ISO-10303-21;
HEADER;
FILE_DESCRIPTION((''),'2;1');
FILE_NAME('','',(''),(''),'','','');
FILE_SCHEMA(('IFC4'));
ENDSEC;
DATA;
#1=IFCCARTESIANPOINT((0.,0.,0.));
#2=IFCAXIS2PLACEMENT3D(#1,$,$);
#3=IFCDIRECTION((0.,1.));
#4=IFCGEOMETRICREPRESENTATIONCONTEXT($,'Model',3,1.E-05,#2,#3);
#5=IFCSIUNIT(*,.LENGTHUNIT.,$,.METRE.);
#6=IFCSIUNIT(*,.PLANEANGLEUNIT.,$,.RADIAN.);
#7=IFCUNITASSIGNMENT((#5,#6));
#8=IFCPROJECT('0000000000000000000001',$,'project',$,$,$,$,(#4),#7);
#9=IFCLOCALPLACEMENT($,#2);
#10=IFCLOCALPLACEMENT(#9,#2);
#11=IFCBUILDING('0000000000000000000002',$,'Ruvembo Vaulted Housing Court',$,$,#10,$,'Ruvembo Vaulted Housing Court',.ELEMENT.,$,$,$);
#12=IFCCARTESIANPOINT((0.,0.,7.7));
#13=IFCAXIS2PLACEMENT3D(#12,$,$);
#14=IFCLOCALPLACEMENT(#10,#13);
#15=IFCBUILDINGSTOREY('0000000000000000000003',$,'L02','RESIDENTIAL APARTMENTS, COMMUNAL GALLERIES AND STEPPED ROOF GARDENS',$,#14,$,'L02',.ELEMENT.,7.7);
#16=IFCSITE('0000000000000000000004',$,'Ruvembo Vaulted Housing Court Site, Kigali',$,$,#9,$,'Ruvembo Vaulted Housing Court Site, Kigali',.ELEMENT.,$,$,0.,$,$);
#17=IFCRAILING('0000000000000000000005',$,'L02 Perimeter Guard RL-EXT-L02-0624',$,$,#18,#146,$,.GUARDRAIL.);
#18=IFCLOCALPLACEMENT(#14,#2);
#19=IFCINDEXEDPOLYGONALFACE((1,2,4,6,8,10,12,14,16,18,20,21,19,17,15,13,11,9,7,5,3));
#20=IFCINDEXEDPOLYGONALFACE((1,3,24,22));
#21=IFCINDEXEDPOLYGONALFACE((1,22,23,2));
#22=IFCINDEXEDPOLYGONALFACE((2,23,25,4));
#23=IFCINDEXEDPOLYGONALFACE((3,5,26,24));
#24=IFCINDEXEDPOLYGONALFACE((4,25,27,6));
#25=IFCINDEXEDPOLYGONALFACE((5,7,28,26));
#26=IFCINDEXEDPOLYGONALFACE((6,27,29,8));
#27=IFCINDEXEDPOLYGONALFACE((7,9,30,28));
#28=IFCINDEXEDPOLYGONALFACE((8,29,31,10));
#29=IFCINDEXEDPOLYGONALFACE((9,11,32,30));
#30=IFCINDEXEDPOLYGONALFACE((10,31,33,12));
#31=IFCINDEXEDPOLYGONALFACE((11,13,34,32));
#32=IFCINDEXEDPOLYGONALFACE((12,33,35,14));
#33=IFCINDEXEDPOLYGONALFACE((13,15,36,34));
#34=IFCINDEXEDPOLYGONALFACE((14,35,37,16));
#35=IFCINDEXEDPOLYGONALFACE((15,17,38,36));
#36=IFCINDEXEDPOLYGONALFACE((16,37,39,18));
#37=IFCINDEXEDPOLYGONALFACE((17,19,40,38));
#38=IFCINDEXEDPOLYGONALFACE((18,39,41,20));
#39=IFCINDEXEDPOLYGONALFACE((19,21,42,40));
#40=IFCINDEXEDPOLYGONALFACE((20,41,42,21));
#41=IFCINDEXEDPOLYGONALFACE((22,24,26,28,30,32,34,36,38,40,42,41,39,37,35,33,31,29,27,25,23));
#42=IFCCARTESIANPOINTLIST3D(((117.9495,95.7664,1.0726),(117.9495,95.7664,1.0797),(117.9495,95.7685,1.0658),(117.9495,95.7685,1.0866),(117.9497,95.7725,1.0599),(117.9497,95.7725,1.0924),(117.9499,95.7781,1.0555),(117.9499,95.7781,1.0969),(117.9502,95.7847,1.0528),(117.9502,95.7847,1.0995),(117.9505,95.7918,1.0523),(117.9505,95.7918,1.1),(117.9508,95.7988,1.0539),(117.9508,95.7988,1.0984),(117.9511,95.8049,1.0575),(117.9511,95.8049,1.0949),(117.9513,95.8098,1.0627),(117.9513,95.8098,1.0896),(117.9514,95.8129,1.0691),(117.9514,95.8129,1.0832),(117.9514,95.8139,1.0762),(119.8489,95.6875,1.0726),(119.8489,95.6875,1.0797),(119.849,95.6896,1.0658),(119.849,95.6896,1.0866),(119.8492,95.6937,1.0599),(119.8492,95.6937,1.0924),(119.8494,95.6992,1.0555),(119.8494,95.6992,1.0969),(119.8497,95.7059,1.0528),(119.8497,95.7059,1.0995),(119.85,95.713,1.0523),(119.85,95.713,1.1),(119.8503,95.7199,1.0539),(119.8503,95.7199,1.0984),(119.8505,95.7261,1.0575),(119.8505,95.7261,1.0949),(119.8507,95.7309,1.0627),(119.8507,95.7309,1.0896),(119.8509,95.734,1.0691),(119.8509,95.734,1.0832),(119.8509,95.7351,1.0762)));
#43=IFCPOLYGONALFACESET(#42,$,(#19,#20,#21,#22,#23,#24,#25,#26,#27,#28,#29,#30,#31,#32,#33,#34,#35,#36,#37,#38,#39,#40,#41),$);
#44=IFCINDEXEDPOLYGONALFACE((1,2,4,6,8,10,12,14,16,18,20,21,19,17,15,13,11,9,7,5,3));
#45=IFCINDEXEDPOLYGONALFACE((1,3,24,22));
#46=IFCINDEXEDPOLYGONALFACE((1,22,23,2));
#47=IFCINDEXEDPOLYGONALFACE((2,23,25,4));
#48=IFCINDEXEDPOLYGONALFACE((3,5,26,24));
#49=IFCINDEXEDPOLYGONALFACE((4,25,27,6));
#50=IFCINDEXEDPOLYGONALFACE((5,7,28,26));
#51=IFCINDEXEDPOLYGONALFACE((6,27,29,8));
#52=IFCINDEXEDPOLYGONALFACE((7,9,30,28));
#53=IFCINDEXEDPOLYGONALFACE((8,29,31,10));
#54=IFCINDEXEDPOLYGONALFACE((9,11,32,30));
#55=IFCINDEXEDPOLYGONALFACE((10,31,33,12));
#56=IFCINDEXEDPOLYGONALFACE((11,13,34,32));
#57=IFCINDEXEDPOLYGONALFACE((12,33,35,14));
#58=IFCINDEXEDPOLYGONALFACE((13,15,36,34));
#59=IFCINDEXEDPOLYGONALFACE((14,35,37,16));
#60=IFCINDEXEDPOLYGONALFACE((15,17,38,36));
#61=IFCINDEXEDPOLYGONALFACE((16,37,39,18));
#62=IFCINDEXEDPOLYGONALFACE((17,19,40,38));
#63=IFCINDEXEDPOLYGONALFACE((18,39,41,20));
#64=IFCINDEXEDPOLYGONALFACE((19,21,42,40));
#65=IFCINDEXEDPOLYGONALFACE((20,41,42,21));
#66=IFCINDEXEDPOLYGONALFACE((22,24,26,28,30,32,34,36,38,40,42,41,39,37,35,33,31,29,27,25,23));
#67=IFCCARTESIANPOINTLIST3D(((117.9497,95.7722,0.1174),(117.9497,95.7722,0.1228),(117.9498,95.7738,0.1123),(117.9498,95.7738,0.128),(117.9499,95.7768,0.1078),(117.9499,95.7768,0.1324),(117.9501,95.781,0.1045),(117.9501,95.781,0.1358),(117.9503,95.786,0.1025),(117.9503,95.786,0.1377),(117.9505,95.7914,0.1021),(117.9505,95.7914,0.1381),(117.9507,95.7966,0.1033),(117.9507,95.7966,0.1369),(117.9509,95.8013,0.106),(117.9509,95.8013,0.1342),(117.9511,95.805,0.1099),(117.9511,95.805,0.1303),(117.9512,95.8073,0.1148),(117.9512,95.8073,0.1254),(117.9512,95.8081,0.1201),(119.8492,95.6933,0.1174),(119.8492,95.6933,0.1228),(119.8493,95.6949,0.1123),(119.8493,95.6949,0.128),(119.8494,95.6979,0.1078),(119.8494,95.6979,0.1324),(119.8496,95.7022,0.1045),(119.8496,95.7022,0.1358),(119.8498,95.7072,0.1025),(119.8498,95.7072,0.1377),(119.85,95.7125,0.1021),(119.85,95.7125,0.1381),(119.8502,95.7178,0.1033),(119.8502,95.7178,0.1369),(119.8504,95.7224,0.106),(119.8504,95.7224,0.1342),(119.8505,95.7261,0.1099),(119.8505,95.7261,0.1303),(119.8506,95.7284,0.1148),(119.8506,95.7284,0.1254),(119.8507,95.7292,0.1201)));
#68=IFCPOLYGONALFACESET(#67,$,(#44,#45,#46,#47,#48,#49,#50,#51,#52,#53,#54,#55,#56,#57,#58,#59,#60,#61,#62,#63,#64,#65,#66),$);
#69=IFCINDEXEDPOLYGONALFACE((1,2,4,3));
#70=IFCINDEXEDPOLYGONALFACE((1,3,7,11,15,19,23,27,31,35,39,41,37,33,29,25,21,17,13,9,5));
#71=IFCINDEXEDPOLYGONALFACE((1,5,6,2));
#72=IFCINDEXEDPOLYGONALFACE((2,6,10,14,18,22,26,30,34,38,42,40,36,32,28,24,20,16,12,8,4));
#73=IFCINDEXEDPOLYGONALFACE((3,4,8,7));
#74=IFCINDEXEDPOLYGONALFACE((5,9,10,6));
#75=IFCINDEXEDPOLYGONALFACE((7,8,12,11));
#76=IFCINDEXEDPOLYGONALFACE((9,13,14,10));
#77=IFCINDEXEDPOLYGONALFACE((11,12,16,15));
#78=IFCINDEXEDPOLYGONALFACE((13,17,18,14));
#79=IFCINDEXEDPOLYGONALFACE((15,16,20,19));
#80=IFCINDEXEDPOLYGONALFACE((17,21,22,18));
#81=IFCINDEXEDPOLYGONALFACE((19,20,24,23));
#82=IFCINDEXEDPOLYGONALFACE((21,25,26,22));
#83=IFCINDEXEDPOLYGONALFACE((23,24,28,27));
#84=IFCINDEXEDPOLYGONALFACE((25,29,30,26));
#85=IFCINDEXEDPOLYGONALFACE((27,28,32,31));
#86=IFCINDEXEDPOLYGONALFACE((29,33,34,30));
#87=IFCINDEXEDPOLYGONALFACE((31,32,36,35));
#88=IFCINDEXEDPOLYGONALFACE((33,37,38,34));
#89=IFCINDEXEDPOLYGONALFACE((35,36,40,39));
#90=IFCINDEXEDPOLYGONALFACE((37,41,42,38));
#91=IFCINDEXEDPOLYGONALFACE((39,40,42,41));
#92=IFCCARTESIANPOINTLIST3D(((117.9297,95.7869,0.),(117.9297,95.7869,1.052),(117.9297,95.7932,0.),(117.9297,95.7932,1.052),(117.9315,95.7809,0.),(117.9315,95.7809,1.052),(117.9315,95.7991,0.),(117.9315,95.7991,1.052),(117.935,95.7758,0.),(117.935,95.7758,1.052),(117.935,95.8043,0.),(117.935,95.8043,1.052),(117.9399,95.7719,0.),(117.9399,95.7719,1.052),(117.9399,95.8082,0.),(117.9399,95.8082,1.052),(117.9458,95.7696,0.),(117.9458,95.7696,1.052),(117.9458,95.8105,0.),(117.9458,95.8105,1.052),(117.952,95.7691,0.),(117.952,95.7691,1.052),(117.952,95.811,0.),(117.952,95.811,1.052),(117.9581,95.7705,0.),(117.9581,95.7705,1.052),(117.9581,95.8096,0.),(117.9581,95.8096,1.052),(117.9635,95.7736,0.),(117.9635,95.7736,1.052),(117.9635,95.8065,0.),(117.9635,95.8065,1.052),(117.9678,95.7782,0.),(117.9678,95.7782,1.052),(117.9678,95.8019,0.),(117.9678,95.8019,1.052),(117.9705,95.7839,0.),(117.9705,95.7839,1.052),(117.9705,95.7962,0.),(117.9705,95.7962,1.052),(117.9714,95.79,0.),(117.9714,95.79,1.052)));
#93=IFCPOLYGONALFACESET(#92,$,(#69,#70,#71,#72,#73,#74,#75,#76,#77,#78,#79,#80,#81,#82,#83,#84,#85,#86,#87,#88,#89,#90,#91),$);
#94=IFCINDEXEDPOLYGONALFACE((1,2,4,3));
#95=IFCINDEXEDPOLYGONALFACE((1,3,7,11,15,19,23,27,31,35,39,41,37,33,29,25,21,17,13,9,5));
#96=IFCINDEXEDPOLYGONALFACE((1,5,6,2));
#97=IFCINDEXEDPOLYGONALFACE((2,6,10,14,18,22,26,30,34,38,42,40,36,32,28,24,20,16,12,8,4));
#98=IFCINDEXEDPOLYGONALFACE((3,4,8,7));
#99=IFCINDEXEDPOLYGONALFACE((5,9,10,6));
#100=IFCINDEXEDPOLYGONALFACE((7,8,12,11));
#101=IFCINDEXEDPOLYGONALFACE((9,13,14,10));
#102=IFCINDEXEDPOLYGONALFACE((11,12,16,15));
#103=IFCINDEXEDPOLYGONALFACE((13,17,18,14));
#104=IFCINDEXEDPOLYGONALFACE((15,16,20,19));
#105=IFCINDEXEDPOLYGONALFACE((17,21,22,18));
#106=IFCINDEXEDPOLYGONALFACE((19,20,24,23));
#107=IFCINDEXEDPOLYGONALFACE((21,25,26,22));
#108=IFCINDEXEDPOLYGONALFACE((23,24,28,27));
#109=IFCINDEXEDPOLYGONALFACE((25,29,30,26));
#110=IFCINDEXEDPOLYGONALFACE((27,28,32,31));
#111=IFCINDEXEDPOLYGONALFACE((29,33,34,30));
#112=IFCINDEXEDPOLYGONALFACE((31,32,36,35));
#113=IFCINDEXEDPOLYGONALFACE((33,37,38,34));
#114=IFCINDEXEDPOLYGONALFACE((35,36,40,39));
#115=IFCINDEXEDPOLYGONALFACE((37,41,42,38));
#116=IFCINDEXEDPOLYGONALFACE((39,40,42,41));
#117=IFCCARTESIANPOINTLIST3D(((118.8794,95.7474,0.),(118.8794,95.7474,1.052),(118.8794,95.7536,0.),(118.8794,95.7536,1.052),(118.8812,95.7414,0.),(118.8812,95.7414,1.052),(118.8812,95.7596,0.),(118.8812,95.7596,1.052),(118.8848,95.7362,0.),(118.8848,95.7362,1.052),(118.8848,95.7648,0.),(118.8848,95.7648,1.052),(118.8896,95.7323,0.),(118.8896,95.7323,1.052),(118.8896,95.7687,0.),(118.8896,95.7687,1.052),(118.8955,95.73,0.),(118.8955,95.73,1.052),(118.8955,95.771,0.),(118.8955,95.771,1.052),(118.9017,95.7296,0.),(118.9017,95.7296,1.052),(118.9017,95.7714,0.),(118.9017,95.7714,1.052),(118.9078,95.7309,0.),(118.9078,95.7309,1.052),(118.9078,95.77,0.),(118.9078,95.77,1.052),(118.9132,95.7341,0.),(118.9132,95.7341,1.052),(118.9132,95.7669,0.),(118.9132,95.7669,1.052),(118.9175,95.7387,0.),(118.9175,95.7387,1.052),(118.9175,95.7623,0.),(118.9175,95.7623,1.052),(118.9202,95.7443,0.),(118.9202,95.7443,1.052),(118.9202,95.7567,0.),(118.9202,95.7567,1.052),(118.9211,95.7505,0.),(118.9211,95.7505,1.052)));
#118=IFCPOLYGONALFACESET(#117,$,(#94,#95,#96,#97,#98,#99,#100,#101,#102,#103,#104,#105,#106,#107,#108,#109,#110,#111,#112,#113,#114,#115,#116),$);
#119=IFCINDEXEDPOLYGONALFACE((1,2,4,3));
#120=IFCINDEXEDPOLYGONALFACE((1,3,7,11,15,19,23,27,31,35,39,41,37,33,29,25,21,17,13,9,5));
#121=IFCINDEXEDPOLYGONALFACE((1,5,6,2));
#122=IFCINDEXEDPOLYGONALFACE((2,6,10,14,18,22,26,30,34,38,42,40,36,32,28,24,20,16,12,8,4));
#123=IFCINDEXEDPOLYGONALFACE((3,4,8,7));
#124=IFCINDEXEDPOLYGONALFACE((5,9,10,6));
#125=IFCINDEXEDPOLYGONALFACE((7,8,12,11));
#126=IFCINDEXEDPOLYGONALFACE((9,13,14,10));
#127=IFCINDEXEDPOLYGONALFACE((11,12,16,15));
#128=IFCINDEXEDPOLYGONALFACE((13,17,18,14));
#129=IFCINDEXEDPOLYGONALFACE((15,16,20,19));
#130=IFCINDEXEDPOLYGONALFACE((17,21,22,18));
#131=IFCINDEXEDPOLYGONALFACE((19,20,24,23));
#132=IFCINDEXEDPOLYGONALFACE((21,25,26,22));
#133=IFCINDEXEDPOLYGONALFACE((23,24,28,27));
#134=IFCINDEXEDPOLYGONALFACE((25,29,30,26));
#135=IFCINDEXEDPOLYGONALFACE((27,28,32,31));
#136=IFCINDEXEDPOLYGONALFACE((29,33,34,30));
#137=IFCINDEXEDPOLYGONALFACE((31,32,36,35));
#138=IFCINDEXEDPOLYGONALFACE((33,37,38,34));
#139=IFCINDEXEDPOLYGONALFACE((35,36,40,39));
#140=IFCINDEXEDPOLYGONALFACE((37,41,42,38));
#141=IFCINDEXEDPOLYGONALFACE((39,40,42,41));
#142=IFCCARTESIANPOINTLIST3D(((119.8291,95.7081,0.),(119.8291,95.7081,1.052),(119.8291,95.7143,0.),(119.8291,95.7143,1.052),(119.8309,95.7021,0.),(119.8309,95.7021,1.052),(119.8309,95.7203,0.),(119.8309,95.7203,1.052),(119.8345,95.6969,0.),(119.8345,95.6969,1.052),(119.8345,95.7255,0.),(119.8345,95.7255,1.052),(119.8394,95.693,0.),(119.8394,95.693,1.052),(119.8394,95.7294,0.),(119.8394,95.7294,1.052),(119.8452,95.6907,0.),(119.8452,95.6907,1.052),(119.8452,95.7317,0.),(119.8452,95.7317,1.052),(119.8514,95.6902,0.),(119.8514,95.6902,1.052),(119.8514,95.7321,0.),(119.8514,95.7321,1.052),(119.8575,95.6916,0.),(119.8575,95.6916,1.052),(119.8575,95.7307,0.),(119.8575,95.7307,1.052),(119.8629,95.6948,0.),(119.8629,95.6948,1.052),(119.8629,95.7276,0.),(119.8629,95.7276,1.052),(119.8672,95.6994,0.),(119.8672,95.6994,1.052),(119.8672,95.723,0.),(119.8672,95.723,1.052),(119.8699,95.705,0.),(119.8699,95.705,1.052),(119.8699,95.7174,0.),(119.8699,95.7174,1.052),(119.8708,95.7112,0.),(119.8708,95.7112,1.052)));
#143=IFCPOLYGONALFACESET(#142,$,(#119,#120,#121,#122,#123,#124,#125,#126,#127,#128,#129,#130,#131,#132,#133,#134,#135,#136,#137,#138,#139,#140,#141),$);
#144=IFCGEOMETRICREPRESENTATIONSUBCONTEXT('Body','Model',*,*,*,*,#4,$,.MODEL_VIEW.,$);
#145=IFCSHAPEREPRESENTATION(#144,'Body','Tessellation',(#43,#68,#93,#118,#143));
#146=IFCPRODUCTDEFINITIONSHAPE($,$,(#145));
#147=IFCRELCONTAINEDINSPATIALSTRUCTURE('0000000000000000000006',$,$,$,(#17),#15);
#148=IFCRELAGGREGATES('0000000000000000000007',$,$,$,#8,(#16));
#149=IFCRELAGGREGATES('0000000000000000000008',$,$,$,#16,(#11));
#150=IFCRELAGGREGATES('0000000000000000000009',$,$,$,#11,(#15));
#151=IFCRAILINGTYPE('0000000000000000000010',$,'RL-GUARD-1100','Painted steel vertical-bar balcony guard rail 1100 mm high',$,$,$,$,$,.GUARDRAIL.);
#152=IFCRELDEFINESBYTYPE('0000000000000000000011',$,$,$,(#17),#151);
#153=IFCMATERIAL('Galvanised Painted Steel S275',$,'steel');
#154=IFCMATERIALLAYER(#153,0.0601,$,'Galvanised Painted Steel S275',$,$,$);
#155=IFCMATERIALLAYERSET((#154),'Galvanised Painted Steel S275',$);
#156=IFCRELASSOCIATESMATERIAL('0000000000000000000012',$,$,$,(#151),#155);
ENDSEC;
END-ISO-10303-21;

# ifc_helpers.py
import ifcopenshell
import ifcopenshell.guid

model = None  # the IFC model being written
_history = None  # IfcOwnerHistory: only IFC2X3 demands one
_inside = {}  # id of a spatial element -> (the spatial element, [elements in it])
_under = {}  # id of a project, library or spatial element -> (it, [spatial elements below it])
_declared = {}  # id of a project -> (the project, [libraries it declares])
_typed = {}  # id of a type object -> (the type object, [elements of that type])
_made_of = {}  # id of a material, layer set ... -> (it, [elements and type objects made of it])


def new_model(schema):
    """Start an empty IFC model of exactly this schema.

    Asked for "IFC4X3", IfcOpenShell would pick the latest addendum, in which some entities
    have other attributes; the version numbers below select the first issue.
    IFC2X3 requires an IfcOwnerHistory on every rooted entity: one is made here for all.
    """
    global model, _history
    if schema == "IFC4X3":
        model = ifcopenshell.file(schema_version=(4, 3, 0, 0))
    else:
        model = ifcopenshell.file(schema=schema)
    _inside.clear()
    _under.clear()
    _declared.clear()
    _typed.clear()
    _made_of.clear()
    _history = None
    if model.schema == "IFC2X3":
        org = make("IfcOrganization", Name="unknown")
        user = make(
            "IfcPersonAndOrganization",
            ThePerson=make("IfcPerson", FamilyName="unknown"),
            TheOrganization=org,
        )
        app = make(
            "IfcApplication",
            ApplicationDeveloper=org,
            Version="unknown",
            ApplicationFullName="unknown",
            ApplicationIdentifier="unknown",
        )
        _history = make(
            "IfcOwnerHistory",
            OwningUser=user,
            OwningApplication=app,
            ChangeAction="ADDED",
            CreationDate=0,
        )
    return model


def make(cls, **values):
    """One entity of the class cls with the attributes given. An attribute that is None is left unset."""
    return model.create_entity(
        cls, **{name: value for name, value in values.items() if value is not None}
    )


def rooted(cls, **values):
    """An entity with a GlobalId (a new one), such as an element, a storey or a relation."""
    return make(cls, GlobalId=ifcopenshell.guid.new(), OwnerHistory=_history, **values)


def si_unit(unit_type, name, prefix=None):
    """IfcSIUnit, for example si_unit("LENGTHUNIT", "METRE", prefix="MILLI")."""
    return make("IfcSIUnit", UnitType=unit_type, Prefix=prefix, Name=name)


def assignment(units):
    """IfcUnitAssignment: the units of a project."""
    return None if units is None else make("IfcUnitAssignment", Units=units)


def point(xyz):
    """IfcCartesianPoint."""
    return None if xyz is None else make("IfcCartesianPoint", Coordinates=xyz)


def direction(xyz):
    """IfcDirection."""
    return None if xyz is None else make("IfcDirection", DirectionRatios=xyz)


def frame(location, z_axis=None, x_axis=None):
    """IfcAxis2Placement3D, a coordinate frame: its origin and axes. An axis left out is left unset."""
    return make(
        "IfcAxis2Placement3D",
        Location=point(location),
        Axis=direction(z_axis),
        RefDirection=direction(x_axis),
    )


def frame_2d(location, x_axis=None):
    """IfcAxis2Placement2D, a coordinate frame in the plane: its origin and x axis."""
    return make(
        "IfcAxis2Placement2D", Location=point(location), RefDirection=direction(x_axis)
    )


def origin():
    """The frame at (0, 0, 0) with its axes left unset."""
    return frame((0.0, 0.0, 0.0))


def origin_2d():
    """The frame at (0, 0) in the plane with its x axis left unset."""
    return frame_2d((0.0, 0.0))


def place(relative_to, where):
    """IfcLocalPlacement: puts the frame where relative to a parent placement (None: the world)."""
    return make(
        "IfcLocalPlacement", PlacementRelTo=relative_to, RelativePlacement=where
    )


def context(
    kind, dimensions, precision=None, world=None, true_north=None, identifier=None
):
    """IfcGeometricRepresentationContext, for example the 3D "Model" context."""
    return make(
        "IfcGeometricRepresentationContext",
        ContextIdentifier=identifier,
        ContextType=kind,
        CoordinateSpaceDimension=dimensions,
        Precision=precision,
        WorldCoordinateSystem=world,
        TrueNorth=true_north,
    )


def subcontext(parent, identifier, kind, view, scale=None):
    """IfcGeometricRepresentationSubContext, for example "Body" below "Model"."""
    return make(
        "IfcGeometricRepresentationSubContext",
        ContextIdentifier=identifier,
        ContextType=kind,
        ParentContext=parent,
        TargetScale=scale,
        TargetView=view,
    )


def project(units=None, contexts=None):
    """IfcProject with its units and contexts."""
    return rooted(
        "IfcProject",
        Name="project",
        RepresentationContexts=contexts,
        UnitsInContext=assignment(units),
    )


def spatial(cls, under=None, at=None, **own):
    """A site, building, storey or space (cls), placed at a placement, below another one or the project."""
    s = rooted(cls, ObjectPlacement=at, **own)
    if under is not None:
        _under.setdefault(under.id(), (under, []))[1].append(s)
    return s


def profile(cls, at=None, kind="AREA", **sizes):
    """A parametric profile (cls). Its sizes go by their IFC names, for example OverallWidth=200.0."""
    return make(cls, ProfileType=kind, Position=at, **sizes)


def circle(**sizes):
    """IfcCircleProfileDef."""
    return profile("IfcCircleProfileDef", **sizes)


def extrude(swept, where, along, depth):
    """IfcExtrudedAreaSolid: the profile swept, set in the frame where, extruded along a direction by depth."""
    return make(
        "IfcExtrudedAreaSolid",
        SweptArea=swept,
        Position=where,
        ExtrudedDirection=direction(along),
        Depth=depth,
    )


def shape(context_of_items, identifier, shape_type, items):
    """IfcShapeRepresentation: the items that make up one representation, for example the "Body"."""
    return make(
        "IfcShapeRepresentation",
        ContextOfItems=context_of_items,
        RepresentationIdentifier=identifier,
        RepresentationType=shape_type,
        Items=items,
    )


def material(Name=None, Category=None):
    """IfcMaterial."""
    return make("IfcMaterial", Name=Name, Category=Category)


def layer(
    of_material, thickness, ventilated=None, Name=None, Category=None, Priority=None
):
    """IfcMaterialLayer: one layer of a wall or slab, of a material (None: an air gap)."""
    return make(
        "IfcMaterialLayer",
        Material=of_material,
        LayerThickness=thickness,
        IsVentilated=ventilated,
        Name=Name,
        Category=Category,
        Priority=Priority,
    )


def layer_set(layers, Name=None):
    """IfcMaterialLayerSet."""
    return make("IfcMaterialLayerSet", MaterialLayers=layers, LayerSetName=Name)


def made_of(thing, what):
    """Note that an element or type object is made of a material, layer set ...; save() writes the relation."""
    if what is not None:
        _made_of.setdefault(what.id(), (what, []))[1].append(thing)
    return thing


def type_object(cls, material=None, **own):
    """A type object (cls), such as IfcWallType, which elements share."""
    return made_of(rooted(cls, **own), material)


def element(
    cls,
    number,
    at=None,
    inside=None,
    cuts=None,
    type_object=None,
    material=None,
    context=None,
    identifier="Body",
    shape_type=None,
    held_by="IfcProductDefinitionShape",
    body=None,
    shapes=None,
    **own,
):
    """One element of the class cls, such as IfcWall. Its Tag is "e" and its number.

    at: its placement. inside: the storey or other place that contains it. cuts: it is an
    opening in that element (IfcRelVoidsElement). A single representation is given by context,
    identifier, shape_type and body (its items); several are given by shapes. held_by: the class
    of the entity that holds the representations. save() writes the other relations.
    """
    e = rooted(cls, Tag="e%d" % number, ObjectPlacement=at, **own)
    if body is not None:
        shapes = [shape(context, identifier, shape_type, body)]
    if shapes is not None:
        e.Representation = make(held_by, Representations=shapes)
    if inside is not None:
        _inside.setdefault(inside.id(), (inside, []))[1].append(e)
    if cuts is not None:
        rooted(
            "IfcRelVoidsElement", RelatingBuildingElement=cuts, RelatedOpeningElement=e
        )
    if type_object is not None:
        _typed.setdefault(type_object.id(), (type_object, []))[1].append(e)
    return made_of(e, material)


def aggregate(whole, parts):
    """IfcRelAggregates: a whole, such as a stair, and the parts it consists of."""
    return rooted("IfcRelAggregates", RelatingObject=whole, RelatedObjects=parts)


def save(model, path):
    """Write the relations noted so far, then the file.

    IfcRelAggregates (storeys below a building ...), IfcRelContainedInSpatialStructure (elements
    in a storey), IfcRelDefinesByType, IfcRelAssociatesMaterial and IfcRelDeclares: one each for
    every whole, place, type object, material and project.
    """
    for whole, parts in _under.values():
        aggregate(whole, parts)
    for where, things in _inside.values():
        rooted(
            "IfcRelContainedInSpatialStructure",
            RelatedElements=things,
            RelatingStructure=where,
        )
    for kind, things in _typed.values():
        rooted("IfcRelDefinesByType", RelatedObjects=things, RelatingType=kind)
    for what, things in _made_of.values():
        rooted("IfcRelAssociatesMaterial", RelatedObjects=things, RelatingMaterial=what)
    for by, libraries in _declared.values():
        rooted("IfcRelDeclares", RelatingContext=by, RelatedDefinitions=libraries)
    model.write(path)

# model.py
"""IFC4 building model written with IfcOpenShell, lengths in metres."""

from ifc_helpers import new_model, si_unit, direction, frame, origin, origin_2d, place, context, subcontext, project, spatial, circle, extrude, material, layer, layer_set, type_object, element, save


model = new_model("IFC4")

# Units and contexts
model_context = context("Model", 3, precision=1e-05, world=origin(), true_north=direction((0.0, 1.0)))
body_context = subcontext(model_context, "Body", "Model", "MODEL_VIEW")
ifc_project = project(units=[si_unit("LENGTHUNIT", "METRE"), si_unit("PLANEANGLEUNIT", "RADIAN")], contexts=[model_context])

# Site, building, storey
site_placement = place(None, origin())
site = spatial("IfcSite", under=ifc_project, at=site_placement, Name="Ruvembo Vaulted Housing Court Site, Kigali", LongName="Ruvembo Vaulted Housing Court Site, Kigali", CompositionType="ELEMENT", RefElevation=0.0)
building_placement = place(site_placement, origin())
building = spatial("IfcBuilding", under=site, at=building_placement, Name="Ruvembo Vaulted Housing Court", LongName="Ruvembo Vaulted Housing Court", CompositionType="ELEMENT")
storey_placement = place(building_placement, frame((0.0, 0.0, 7.7)))
storey = spatial("IfcBuildingStorey", under=building, at=storey_placement, Name="L02", Description="RESIDENTIAL APARTMENTS, COMMUNAL GALLERIES AND STEPPED ROOF GARDENS", LongName="L02", CompositionType="ELEMENT", Elevation=7.7)

# Railing
ifc_material_1 = material(Name="Galvanised Painted Steel S275", Category="steel")
ifc_layer_1 = layer(ifc_material_1, 0.0601, Name="Galvanised Painted Steel S275")
ifc_layer_set_1 = layer_set([ifc_layer_1], Name="Galvanised Painted Steel S275")
railing_type_1 = type_object("IfcRailingType", Name="RL-GUARD-1100", Description="Painted steel vertical-bar balcony guard rail 1100 mm high", PredefinedType="GUARDRAIL", material=ifc_layer_set_1)
railing_1_placement = place(storey_placement, frame((117.9504, 95.79, 0.0)))
element("IfcRailing", 1, at=railing_1_placement, inside=storey, type_object=railing_type_1, Name="L02 Perimeter Guard RL-EXT-L02-0624", PredefinedType="GUARDRAIL", context=body_context, shape_type="SweptSolid", body=[
    extrude(circle(Radius=0.0239, at=origin_2d()), frame((0.0, 0.0, 1.0762), z_axis=(0.999139, -0.041481, 0.0), x_axis=(0.041481, 0.999139, 0.0)), (0.0, 0.0, 1.0), 1.9011),
    extrude(circle(Radius=0.0181, at=origin_2d()), frame((0.0, 0.0, 0.1201), z_axis=(0.999139, -0.041481, 0.0), x_axis=(0.041481, 0.999139, 0.0)), (0.0, 0.0, 1.0), 1.9011),
    extrude(circle(Radius=0.021, at=origin_2d()), origin(), (0.0, 0.0, 1.0), 1.052),
    extrude(circle(Radius=0.021, at=origin_2d()), frame((0.9497, -0.0396, 0.0)), (0.0, 0.0, 1.0), 1.052),
    extrude(circle(Radius=0.021, at=origin_2d()), frame((1.8994, -0.0789, 0.0)), (0.0, 0.0, 1.0), 1.052),
])

save(model, "model.ifc")
